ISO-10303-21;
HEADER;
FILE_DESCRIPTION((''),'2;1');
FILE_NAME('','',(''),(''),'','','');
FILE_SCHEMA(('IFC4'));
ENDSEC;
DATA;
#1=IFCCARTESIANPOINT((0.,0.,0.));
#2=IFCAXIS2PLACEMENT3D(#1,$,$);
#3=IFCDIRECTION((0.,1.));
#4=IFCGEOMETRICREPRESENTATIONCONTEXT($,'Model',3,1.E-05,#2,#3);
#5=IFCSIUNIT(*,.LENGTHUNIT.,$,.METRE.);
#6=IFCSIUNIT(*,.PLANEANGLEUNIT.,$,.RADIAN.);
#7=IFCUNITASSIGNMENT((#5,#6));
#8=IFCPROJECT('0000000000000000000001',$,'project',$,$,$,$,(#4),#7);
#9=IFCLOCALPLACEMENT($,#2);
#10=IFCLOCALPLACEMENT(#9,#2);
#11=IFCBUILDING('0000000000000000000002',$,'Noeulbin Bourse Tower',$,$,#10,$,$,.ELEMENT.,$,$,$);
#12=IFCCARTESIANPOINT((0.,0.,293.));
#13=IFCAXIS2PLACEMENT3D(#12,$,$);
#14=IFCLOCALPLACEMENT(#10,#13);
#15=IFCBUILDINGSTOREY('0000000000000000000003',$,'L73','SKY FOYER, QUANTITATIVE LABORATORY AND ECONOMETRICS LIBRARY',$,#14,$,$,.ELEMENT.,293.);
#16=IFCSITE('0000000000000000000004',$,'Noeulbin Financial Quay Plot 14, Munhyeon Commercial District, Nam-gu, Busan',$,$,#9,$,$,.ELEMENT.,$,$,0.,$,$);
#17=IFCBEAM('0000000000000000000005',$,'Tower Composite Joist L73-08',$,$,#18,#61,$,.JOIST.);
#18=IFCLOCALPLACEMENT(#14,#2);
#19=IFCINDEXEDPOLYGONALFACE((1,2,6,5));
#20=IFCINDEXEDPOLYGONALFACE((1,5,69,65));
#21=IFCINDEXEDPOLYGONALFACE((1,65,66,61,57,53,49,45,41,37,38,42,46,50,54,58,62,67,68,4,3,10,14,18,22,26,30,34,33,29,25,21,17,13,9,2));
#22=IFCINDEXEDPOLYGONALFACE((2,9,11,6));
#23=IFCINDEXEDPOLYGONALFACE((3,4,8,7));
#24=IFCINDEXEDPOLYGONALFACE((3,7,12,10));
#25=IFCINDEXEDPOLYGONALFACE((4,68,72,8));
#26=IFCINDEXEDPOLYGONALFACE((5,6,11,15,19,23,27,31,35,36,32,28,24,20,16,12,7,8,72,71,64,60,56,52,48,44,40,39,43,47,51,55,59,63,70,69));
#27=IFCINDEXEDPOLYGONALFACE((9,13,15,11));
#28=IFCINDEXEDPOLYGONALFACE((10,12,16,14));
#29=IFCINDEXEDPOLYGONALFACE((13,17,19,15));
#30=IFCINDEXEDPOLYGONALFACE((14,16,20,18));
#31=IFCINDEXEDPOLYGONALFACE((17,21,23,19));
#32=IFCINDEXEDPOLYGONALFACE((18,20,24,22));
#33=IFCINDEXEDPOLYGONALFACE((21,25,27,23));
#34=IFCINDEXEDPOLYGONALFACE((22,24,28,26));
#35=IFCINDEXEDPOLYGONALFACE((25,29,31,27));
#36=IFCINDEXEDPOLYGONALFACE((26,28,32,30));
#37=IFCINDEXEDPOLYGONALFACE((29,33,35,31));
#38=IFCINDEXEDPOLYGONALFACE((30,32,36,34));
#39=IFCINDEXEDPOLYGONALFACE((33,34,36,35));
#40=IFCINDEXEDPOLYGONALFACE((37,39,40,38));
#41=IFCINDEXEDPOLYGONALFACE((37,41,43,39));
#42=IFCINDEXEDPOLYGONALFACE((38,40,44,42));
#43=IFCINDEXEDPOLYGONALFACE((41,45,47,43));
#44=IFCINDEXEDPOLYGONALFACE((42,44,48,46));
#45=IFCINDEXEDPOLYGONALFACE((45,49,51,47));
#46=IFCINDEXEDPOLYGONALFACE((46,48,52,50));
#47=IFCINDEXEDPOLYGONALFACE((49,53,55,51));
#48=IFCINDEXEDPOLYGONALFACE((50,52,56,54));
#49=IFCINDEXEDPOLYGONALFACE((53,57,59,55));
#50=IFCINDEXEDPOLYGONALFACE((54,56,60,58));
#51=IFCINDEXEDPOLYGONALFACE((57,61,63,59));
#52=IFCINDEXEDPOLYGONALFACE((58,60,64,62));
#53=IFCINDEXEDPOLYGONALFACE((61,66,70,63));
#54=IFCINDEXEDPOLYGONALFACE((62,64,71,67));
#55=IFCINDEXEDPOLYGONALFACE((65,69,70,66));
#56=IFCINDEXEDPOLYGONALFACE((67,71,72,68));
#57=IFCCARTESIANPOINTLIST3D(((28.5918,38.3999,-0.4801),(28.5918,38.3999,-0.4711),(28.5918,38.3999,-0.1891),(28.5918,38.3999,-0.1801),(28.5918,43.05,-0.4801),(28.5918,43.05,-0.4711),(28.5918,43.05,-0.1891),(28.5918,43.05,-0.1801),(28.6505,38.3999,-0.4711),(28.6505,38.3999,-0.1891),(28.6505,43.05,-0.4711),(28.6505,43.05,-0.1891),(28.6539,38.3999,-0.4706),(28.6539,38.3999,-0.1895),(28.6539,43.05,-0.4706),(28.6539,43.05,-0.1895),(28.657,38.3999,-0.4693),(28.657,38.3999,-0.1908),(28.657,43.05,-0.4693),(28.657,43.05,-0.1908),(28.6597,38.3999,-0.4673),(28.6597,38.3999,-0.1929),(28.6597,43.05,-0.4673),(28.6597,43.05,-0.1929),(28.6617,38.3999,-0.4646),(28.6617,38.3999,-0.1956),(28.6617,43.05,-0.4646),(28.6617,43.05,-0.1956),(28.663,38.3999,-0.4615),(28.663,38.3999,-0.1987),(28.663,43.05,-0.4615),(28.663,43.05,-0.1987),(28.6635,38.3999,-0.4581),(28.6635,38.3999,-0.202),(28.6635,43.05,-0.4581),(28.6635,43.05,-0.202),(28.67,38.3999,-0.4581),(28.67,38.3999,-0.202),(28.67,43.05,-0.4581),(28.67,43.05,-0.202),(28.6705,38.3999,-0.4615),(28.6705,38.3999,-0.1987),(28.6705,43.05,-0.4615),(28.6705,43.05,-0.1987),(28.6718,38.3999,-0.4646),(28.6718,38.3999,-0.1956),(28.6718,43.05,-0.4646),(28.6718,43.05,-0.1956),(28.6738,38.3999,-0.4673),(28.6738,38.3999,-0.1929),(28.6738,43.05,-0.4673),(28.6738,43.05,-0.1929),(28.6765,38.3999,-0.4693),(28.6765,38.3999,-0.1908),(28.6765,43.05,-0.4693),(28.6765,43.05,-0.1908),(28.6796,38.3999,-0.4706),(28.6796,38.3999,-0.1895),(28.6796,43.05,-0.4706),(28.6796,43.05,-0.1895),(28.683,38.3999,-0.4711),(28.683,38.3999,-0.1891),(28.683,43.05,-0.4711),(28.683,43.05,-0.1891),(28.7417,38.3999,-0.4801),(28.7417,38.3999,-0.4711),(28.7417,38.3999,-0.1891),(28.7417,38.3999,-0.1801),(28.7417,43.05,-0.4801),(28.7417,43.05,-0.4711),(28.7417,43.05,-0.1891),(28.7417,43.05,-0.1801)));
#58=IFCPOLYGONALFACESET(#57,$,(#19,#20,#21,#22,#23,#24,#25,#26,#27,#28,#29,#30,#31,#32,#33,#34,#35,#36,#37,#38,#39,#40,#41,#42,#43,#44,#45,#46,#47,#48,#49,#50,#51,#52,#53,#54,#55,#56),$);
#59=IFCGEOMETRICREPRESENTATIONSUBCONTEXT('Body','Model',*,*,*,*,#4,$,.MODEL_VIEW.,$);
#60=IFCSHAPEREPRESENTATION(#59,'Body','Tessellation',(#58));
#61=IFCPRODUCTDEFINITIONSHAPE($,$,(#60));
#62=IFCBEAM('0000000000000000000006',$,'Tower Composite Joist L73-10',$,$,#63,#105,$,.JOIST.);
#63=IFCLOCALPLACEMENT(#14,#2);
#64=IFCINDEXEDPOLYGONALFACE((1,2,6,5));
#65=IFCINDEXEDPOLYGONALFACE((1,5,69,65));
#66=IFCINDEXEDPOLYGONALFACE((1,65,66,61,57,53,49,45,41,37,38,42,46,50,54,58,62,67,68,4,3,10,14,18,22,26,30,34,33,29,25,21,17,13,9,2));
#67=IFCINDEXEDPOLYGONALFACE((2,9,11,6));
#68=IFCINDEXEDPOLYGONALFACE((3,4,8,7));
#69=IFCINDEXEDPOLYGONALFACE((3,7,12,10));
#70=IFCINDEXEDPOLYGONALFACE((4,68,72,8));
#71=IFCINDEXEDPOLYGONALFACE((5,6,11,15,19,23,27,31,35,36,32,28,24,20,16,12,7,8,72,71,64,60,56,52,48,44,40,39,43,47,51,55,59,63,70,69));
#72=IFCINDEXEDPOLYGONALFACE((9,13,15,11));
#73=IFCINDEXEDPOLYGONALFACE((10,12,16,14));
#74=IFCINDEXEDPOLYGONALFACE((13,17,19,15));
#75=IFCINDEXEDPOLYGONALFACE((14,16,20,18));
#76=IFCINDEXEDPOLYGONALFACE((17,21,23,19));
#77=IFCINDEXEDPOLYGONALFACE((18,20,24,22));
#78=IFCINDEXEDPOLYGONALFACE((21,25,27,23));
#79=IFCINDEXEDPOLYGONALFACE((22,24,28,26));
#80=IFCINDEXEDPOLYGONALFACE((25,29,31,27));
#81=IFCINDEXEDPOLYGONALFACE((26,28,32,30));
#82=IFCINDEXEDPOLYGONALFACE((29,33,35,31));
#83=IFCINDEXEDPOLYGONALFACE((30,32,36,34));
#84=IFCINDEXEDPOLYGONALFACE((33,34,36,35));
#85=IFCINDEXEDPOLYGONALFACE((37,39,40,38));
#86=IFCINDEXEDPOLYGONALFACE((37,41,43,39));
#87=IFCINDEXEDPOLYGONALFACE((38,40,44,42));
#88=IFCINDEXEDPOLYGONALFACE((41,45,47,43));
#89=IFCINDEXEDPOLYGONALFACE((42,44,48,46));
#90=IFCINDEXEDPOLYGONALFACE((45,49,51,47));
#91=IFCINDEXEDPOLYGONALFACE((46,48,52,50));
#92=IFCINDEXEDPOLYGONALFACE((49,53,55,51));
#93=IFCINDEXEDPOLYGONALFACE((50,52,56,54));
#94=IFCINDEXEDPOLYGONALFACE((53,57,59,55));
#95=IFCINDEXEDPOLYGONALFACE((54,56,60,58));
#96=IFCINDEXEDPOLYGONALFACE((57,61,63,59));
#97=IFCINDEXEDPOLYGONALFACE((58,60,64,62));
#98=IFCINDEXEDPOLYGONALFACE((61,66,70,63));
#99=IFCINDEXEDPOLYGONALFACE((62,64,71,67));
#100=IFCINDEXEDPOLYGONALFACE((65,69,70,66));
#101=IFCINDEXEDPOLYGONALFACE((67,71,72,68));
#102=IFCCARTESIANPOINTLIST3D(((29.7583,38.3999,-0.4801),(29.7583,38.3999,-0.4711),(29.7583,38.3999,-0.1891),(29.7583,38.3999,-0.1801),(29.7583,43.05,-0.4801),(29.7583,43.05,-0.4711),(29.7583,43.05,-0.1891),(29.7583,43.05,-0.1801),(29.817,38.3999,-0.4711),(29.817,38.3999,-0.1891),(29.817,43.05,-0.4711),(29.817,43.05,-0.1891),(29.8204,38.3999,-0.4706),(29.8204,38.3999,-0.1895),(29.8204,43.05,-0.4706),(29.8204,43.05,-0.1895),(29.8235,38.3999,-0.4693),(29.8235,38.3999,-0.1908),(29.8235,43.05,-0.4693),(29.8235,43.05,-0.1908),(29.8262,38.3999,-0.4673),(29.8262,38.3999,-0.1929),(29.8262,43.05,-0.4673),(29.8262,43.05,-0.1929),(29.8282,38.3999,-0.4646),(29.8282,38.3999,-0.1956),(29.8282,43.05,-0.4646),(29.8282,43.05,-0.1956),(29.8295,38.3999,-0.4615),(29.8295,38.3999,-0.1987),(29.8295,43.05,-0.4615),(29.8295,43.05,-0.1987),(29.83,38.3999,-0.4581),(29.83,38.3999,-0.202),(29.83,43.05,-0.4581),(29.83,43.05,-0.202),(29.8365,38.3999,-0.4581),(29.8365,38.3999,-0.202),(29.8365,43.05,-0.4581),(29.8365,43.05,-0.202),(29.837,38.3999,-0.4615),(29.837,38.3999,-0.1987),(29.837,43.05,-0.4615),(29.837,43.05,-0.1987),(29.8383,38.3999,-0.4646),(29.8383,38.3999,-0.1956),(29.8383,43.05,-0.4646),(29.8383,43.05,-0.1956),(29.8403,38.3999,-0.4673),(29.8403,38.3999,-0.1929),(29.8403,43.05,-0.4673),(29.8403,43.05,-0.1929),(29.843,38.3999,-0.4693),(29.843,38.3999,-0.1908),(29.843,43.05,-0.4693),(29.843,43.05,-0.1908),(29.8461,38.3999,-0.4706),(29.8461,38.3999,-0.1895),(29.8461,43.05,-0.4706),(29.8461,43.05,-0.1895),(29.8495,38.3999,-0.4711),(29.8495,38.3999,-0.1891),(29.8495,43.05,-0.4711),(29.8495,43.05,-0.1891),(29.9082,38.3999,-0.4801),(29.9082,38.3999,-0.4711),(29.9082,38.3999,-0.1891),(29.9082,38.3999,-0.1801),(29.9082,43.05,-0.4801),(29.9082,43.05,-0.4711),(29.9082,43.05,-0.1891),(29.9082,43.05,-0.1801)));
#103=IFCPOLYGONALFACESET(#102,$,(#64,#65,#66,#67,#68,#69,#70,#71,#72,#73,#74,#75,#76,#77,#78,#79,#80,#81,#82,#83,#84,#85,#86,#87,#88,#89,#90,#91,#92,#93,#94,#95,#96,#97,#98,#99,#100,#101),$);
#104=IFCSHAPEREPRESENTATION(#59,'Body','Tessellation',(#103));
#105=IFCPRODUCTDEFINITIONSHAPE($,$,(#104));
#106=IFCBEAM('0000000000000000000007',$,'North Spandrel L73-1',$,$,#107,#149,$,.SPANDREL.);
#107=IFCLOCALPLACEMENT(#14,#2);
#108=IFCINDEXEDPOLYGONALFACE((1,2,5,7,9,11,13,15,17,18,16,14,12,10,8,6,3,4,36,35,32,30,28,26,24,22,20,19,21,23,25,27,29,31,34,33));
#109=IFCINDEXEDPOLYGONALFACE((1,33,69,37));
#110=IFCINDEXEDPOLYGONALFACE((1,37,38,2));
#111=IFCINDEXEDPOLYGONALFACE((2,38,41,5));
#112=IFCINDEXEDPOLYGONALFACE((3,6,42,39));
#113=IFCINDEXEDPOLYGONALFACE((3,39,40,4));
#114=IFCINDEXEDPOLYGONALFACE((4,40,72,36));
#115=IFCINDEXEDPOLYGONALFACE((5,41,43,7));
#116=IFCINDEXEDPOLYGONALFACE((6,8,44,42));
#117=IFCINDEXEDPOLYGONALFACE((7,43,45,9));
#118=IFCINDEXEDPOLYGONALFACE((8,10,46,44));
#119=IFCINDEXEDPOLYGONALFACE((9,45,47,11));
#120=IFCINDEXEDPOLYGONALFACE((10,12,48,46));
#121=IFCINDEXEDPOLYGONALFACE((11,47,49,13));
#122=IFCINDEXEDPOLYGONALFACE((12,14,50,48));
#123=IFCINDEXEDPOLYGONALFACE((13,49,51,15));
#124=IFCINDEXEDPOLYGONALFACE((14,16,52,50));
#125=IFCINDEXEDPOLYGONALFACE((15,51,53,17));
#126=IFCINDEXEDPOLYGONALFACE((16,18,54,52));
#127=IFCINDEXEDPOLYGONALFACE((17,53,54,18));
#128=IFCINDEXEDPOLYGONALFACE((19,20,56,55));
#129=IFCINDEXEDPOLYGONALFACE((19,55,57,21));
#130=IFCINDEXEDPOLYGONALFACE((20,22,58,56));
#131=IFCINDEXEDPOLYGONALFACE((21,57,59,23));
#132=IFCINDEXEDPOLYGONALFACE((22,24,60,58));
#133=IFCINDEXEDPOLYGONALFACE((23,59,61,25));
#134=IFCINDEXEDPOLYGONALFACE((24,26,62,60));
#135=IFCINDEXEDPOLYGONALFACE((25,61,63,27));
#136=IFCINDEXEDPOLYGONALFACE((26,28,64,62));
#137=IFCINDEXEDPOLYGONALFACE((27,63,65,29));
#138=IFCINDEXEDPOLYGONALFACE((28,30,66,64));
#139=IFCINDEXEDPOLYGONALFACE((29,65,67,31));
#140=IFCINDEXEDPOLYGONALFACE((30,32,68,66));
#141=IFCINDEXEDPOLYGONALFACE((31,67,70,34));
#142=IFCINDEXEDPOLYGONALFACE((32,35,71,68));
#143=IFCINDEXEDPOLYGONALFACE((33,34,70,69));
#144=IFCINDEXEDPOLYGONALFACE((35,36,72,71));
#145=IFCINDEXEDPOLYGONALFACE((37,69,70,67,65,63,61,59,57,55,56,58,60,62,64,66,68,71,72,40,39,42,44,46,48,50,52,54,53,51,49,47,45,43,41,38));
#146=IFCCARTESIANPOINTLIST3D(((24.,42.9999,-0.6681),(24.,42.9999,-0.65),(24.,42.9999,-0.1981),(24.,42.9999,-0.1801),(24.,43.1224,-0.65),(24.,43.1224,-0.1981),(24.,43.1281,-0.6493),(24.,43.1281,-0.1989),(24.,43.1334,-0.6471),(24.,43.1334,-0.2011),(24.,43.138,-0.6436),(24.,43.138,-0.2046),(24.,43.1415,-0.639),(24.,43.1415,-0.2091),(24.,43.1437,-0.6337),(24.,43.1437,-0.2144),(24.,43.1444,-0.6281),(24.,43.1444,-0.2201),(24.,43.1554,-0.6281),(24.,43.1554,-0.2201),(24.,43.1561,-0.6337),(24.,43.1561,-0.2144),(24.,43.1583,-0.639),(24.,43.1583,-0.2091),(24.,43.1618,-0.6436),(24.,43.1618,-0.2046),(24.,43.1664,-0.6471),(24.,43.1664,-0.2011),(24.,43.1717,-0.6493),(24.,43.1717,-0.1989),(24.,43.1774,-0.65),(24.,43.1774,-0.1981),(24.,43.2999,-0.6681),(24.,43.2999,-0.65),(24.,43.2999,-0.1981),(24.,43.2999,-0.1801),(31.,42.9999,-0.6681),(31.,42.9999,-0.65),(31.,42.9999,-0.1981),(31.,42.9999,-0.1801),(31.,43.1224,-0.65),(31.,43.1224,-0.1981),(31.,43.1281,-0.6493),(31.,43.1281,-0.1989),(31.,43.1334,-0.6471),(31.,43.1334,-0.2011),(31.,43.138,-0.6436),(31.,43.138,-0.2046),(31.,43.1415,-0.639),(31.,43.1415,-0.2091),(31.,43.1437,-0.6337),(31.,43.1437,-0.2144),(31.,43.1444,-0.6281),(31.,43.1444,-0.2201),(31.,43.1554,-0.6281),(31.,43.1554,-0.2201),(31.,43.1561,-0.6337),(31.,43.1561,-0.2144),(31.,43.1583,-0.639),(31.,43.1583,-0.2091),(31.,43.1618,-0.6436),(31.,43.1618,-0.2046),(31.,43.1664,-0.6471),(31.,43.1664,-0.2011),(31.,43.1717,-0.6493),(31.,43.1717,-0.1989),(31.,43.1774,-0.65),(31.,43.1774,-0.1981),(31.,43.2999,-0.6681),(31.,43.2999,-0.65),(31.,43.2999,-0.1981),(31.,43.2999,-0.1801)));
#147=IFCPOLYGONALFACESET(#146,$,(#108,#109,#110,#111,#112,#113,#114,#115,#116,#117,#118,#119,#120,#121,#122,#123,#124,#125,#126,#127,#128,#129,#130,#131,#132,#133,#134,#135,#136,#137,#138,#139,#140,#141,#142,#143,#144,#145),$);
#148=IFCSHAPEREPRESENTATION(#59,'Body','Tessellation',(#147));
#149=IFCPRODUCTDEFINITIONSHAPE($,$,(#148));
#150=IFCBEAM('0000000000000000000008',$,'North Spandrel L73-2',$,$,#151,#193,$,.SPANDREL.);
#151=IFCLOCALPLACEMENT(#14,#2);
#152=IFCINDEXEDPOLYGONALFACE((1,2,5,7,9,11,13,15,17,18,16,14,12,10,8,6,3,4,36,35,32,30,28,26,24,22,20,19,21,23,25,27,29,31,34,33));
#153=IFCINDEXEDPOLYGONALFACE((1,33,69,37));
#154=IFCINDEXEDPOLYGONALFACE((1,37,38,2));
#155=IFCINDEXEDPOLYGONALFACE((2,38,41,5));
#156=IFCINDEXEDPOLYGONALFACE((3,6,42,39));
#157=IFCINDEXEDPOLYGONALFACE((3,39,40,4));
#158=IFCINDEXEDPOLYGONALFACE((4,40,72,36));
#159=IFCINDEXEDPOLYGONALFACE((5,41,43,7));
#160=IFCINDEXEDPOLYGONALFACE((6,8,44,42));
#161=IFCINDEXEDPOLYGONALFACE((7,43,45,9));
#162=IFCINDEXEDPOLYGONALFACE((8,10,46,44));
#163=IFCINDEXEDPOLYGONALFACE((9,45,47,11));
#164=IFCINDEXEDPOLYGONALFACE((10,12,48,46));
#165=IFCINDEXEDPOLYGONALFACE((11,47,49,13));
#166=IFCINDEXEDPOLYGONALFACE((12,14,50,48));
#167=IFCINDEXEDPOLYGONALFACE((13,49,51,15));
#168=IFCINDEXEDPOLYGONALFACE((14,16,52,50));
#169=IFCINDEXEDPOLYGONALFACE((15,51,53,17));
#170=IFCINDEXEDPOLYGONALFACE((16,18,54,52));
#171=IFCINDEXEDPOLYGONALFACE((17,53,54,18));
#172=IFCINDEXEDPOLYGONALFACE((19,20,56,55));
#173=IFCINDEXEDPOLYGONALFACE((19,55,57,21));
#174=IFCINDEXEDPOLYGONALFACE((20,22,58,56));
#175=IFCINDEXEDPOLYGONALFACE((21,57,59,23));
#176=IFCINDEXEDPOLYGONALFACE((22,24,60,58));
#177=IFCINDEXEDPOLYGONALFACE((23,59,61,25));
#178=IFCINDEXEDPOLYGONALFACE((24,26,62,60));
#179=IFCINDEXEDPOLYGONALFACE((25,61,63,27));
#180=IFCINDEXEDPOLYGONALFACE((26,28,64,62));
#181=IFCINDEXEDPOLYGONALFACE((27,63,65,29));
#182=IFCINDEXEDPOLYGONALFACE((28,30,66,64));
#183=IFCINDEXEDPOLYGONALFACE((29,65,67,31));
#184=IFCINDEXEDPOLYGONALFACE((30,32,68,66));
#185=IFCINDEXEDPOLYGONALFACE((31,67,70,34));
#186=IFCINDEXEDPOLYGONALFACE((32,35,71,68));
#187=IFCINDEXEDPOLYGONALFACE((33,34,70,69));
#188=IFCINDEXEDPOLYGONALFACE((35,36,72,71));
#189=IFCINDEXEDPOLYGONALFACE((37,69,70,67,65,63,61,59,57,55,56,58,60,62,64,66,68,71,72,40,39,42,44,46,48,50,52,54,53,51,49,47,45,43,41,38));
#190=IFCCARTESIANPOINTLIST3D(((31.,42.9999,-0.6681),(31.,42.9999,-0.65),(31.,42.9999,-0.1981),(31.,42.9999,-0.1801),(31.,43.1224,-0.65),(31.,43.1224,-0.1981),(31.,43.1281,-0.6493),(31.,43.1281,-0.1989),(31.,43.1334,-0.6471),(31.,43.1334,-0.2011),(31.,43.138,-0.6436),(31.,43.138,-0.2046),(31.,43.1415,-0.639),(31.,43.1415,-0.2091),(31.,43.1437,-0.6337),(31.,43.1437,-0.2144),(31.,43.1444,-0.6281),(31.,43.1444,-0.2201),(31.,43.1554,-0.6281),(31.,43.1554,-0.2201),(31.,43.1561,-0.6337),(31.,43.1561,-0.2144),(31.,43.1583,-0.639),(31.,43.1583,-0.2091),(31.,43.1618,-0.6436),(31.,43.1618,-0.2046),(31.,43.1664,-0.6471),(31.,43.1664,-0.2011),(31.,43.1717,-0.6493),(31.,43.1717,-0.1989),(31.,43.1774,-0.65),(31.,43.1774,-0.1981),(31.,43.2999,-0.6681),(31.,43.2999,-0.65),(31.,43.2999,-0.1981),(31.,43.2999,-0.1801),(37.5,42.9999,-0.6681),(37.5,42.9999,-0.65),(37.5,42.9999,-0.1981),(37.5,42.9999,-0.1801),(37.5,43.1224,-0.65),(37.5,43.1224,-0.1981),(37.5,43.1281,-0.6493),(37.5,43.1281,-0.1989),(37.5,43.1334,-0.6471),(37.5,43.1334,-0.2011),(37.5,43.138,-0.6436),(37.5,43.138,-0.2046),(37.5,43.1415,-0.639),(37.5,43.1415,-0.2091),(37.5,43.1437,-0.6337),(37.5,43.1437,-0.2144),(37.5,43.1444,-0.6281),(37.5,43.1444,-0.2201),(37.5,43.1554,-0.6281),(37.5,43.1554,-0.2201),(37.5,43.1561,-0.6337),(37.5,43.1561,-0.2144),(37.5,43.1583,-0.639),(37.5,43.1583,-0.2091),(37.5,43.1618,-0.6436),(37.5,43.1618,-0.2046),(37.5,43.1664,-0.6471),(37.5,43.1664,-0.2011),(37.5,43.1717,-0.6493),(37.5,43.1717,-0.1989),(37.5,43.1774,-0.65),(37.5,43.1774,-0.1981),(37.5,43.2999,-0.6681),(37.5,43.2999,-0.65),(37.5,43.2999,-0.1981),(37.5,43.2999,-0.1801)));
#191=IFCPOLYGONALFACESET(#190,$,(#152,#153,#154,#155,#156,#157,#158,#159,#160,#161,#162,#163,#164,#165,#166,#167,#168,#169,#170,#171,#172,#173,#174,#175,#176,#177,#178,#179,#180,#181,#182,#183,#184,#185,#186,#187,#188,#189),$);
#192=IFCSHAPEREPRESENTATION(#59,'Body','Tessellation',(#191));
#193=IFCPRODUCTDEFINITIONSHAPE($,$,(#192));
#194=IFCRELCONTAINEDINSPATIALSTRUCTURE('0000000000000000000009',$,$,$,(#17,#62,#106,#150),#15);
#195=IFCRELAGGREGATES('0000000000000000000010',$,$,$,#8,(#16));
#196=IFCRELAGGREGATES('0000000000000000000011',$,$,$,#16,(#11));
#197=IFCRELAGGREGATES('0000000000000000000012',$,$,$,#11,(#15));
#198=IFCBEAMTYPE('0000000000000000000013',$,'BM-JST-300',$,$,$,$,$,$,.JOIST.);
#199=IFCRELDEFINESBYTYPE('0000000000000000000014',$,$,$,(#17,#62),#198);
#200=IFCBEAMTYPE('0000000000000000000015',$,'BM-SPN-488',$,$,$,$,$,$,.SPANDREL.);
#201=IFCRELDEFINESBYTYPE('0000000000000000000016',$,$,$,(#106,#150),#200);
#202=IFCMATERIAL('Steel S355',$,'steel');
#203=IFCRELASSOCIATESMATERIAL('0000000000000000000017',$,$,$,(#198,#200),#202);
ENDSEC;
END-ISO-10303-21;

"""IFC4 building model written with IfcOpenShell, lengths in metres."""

from ifc_helpers import new_model, si_unit, direction, frame, origin, origin_2d, place, context, subcontext, project, spatial, i_section, extrude, material, material_profile, profile_set, type_object, element, save


model = new_model("IFC4")

# Units and contexts
model_context = context("Model", 3, precision=1e-05, world=origin(), true_north=direction((0.0, 1.0)))
body_context = subcontext(model_context, "Body", "Model", "MODEL_VIEW")
ifc_project = project(units=[si_unit("LENGTHUNIT", "METRE"), si_unit("PLANEANGLEUNIT", "RADIAN")], contexts=[model_context])

# Site, building, storey
site_placement = place(None, origin())
site = spatial("IfcSite", under=ifc_project, at=site_placement, Name="Noeulbin Financial Quay Plot 14, Munhyeon Commercial District, Nam-gu, Busan", CompositionType="ELEMENT", RefElevation=0.0)
building_placement = place(site_placement, origin())
building = spatial("IfcBuilding", under=site, at=building_placement, Name="Noeulbin Bourse Tower", CompositionType="ELEMENT")
storey_placement = place(building_placement, frame((0.0, 0.0, 293.0)))
storey = spatial("IfcBuildingStorey", under=building, at=storey_placement, Name="L73", Description="SKY FOYER, QUANTITATIVE LABORATORY AND ECONOMETRICS LIBRARY", CompositionType="ELEMENT", Elevation=293.0)

# Shared definitions
ifc_material_1 = material(Name="Steel S355", Category="steel")

# Beams
ifc_material_profile_1 = material_profile(ifc_material_1, i_section(OverallWidth=0.1499, OverallDepth=0.3, WebThickness=0.0066, FlangeThickness=0.009, FilletRadius=0.0129, at=origin_2d()), Name="H-300x150x6.5x9", Category="LoadBearing")
ifc_profile_set_1 = profile_set([ifc_material_profile_1], Name="Steel S355")
beam_type_1 = type_object("IfcBeamType", Name="BM-JST-300", PredefinedType="JOIST", material=ifc_profile_set_1)
for number, where, z_axis, x_axis, name in (
    (1, (28.6667, 38.3999, -0.3301), (0.0, 1.0, 0.0), (-1.0, 0.0, 0.0), "Tower Composite Joist L73-08"),
    (2, (29.8333, 38.3999, -0.3301), (0.0, 1.0, 0.0), (-1.0, 0.0, 0.0), "Tower Composite Joist L73-10"),
):
    element("IfcBeam", number, at=place(storey_placement, frame(where, z_axis=z_axis, x_axis=x_axis)), inside=storey, type_object=beam_type_1, Name=name, PredefinedType="JOIST", context=body_context, shape_type="SweptSolid", body=[
        extrude(i_section(OverallWidth=0.1499, OverallDepth=0.3, WebThickness=0.0066, FlangeThickness=0.009, FilletRadius=0.0129, at=origin_2d()), origin(), (0.0, 0.0, 1.0), 4.6501),
    ])
ifc_material_profile_2 = material_profile(ifc_material_1, i_section(OverallWidth=0.3, OverallDepth=0.488, WebThickness=0.011, FlangeThickness=0.0181, FilletRadius=0.022, at=origin_2d()), Name="H-488x300x11x18", Category="LoadBearing")
ifc_profile_set_2 = profile_set([ifc_material_profile_2], Name="Steel S355")
beam_type_2 = type_object("IfcBeamType", Name="BM-SPN-488", PredefinedType="SPANDREL", material=ifc_profile_set_2)
beam_1_placement = place(storey_placement, frame((24.0, 43.1499, -0.4241), z_axis=(1.0, 0.0, 0.0), x_axis=(0.0, 1.0, 0.0)))
element("IfcBeam", 3, at=beam_1_placement, inside=storey, type_object=beam_type_2, Name="North Spandrel L73-1", PredefinedType="SPANDREL", context=body_context, shape_type="SweptSolid", body=[
    extrude(i_section(OverallWidth=0.3, OverallDepth=0.488, WebThickness=0.011, FlangeThickness=0.0181, FilletRadius=0.022, at=origin_2d()), origin(), (0.0, 0.0, 1.0), 7.0),
])
beam_2_placement = place(storey_placement, frame((31.0, 43.1499, -0.4241), z_axis=(1.0, 0.0, 0.0), x_axis=(0.0, 1.0, 0.0)))
element("IfcBeam", 4, at=beam_2_placement, inside=storey, type_object=beam_type_2, Name="North Spandrel L73-2", PredefinedType="SPANDREL", context=body_context, shape_type="SweptSolid", body=[
    extrude(i_section(OverallWidth=0.3, OverallDepth=0.488, WebThickness=0.011, FlangeThickness=0.0181, FilletRadius=0.022, at=origin_2d()), origin(), (0.0, 0.0, 1.0), 6.5),
])

save(model, "model.ifc")
